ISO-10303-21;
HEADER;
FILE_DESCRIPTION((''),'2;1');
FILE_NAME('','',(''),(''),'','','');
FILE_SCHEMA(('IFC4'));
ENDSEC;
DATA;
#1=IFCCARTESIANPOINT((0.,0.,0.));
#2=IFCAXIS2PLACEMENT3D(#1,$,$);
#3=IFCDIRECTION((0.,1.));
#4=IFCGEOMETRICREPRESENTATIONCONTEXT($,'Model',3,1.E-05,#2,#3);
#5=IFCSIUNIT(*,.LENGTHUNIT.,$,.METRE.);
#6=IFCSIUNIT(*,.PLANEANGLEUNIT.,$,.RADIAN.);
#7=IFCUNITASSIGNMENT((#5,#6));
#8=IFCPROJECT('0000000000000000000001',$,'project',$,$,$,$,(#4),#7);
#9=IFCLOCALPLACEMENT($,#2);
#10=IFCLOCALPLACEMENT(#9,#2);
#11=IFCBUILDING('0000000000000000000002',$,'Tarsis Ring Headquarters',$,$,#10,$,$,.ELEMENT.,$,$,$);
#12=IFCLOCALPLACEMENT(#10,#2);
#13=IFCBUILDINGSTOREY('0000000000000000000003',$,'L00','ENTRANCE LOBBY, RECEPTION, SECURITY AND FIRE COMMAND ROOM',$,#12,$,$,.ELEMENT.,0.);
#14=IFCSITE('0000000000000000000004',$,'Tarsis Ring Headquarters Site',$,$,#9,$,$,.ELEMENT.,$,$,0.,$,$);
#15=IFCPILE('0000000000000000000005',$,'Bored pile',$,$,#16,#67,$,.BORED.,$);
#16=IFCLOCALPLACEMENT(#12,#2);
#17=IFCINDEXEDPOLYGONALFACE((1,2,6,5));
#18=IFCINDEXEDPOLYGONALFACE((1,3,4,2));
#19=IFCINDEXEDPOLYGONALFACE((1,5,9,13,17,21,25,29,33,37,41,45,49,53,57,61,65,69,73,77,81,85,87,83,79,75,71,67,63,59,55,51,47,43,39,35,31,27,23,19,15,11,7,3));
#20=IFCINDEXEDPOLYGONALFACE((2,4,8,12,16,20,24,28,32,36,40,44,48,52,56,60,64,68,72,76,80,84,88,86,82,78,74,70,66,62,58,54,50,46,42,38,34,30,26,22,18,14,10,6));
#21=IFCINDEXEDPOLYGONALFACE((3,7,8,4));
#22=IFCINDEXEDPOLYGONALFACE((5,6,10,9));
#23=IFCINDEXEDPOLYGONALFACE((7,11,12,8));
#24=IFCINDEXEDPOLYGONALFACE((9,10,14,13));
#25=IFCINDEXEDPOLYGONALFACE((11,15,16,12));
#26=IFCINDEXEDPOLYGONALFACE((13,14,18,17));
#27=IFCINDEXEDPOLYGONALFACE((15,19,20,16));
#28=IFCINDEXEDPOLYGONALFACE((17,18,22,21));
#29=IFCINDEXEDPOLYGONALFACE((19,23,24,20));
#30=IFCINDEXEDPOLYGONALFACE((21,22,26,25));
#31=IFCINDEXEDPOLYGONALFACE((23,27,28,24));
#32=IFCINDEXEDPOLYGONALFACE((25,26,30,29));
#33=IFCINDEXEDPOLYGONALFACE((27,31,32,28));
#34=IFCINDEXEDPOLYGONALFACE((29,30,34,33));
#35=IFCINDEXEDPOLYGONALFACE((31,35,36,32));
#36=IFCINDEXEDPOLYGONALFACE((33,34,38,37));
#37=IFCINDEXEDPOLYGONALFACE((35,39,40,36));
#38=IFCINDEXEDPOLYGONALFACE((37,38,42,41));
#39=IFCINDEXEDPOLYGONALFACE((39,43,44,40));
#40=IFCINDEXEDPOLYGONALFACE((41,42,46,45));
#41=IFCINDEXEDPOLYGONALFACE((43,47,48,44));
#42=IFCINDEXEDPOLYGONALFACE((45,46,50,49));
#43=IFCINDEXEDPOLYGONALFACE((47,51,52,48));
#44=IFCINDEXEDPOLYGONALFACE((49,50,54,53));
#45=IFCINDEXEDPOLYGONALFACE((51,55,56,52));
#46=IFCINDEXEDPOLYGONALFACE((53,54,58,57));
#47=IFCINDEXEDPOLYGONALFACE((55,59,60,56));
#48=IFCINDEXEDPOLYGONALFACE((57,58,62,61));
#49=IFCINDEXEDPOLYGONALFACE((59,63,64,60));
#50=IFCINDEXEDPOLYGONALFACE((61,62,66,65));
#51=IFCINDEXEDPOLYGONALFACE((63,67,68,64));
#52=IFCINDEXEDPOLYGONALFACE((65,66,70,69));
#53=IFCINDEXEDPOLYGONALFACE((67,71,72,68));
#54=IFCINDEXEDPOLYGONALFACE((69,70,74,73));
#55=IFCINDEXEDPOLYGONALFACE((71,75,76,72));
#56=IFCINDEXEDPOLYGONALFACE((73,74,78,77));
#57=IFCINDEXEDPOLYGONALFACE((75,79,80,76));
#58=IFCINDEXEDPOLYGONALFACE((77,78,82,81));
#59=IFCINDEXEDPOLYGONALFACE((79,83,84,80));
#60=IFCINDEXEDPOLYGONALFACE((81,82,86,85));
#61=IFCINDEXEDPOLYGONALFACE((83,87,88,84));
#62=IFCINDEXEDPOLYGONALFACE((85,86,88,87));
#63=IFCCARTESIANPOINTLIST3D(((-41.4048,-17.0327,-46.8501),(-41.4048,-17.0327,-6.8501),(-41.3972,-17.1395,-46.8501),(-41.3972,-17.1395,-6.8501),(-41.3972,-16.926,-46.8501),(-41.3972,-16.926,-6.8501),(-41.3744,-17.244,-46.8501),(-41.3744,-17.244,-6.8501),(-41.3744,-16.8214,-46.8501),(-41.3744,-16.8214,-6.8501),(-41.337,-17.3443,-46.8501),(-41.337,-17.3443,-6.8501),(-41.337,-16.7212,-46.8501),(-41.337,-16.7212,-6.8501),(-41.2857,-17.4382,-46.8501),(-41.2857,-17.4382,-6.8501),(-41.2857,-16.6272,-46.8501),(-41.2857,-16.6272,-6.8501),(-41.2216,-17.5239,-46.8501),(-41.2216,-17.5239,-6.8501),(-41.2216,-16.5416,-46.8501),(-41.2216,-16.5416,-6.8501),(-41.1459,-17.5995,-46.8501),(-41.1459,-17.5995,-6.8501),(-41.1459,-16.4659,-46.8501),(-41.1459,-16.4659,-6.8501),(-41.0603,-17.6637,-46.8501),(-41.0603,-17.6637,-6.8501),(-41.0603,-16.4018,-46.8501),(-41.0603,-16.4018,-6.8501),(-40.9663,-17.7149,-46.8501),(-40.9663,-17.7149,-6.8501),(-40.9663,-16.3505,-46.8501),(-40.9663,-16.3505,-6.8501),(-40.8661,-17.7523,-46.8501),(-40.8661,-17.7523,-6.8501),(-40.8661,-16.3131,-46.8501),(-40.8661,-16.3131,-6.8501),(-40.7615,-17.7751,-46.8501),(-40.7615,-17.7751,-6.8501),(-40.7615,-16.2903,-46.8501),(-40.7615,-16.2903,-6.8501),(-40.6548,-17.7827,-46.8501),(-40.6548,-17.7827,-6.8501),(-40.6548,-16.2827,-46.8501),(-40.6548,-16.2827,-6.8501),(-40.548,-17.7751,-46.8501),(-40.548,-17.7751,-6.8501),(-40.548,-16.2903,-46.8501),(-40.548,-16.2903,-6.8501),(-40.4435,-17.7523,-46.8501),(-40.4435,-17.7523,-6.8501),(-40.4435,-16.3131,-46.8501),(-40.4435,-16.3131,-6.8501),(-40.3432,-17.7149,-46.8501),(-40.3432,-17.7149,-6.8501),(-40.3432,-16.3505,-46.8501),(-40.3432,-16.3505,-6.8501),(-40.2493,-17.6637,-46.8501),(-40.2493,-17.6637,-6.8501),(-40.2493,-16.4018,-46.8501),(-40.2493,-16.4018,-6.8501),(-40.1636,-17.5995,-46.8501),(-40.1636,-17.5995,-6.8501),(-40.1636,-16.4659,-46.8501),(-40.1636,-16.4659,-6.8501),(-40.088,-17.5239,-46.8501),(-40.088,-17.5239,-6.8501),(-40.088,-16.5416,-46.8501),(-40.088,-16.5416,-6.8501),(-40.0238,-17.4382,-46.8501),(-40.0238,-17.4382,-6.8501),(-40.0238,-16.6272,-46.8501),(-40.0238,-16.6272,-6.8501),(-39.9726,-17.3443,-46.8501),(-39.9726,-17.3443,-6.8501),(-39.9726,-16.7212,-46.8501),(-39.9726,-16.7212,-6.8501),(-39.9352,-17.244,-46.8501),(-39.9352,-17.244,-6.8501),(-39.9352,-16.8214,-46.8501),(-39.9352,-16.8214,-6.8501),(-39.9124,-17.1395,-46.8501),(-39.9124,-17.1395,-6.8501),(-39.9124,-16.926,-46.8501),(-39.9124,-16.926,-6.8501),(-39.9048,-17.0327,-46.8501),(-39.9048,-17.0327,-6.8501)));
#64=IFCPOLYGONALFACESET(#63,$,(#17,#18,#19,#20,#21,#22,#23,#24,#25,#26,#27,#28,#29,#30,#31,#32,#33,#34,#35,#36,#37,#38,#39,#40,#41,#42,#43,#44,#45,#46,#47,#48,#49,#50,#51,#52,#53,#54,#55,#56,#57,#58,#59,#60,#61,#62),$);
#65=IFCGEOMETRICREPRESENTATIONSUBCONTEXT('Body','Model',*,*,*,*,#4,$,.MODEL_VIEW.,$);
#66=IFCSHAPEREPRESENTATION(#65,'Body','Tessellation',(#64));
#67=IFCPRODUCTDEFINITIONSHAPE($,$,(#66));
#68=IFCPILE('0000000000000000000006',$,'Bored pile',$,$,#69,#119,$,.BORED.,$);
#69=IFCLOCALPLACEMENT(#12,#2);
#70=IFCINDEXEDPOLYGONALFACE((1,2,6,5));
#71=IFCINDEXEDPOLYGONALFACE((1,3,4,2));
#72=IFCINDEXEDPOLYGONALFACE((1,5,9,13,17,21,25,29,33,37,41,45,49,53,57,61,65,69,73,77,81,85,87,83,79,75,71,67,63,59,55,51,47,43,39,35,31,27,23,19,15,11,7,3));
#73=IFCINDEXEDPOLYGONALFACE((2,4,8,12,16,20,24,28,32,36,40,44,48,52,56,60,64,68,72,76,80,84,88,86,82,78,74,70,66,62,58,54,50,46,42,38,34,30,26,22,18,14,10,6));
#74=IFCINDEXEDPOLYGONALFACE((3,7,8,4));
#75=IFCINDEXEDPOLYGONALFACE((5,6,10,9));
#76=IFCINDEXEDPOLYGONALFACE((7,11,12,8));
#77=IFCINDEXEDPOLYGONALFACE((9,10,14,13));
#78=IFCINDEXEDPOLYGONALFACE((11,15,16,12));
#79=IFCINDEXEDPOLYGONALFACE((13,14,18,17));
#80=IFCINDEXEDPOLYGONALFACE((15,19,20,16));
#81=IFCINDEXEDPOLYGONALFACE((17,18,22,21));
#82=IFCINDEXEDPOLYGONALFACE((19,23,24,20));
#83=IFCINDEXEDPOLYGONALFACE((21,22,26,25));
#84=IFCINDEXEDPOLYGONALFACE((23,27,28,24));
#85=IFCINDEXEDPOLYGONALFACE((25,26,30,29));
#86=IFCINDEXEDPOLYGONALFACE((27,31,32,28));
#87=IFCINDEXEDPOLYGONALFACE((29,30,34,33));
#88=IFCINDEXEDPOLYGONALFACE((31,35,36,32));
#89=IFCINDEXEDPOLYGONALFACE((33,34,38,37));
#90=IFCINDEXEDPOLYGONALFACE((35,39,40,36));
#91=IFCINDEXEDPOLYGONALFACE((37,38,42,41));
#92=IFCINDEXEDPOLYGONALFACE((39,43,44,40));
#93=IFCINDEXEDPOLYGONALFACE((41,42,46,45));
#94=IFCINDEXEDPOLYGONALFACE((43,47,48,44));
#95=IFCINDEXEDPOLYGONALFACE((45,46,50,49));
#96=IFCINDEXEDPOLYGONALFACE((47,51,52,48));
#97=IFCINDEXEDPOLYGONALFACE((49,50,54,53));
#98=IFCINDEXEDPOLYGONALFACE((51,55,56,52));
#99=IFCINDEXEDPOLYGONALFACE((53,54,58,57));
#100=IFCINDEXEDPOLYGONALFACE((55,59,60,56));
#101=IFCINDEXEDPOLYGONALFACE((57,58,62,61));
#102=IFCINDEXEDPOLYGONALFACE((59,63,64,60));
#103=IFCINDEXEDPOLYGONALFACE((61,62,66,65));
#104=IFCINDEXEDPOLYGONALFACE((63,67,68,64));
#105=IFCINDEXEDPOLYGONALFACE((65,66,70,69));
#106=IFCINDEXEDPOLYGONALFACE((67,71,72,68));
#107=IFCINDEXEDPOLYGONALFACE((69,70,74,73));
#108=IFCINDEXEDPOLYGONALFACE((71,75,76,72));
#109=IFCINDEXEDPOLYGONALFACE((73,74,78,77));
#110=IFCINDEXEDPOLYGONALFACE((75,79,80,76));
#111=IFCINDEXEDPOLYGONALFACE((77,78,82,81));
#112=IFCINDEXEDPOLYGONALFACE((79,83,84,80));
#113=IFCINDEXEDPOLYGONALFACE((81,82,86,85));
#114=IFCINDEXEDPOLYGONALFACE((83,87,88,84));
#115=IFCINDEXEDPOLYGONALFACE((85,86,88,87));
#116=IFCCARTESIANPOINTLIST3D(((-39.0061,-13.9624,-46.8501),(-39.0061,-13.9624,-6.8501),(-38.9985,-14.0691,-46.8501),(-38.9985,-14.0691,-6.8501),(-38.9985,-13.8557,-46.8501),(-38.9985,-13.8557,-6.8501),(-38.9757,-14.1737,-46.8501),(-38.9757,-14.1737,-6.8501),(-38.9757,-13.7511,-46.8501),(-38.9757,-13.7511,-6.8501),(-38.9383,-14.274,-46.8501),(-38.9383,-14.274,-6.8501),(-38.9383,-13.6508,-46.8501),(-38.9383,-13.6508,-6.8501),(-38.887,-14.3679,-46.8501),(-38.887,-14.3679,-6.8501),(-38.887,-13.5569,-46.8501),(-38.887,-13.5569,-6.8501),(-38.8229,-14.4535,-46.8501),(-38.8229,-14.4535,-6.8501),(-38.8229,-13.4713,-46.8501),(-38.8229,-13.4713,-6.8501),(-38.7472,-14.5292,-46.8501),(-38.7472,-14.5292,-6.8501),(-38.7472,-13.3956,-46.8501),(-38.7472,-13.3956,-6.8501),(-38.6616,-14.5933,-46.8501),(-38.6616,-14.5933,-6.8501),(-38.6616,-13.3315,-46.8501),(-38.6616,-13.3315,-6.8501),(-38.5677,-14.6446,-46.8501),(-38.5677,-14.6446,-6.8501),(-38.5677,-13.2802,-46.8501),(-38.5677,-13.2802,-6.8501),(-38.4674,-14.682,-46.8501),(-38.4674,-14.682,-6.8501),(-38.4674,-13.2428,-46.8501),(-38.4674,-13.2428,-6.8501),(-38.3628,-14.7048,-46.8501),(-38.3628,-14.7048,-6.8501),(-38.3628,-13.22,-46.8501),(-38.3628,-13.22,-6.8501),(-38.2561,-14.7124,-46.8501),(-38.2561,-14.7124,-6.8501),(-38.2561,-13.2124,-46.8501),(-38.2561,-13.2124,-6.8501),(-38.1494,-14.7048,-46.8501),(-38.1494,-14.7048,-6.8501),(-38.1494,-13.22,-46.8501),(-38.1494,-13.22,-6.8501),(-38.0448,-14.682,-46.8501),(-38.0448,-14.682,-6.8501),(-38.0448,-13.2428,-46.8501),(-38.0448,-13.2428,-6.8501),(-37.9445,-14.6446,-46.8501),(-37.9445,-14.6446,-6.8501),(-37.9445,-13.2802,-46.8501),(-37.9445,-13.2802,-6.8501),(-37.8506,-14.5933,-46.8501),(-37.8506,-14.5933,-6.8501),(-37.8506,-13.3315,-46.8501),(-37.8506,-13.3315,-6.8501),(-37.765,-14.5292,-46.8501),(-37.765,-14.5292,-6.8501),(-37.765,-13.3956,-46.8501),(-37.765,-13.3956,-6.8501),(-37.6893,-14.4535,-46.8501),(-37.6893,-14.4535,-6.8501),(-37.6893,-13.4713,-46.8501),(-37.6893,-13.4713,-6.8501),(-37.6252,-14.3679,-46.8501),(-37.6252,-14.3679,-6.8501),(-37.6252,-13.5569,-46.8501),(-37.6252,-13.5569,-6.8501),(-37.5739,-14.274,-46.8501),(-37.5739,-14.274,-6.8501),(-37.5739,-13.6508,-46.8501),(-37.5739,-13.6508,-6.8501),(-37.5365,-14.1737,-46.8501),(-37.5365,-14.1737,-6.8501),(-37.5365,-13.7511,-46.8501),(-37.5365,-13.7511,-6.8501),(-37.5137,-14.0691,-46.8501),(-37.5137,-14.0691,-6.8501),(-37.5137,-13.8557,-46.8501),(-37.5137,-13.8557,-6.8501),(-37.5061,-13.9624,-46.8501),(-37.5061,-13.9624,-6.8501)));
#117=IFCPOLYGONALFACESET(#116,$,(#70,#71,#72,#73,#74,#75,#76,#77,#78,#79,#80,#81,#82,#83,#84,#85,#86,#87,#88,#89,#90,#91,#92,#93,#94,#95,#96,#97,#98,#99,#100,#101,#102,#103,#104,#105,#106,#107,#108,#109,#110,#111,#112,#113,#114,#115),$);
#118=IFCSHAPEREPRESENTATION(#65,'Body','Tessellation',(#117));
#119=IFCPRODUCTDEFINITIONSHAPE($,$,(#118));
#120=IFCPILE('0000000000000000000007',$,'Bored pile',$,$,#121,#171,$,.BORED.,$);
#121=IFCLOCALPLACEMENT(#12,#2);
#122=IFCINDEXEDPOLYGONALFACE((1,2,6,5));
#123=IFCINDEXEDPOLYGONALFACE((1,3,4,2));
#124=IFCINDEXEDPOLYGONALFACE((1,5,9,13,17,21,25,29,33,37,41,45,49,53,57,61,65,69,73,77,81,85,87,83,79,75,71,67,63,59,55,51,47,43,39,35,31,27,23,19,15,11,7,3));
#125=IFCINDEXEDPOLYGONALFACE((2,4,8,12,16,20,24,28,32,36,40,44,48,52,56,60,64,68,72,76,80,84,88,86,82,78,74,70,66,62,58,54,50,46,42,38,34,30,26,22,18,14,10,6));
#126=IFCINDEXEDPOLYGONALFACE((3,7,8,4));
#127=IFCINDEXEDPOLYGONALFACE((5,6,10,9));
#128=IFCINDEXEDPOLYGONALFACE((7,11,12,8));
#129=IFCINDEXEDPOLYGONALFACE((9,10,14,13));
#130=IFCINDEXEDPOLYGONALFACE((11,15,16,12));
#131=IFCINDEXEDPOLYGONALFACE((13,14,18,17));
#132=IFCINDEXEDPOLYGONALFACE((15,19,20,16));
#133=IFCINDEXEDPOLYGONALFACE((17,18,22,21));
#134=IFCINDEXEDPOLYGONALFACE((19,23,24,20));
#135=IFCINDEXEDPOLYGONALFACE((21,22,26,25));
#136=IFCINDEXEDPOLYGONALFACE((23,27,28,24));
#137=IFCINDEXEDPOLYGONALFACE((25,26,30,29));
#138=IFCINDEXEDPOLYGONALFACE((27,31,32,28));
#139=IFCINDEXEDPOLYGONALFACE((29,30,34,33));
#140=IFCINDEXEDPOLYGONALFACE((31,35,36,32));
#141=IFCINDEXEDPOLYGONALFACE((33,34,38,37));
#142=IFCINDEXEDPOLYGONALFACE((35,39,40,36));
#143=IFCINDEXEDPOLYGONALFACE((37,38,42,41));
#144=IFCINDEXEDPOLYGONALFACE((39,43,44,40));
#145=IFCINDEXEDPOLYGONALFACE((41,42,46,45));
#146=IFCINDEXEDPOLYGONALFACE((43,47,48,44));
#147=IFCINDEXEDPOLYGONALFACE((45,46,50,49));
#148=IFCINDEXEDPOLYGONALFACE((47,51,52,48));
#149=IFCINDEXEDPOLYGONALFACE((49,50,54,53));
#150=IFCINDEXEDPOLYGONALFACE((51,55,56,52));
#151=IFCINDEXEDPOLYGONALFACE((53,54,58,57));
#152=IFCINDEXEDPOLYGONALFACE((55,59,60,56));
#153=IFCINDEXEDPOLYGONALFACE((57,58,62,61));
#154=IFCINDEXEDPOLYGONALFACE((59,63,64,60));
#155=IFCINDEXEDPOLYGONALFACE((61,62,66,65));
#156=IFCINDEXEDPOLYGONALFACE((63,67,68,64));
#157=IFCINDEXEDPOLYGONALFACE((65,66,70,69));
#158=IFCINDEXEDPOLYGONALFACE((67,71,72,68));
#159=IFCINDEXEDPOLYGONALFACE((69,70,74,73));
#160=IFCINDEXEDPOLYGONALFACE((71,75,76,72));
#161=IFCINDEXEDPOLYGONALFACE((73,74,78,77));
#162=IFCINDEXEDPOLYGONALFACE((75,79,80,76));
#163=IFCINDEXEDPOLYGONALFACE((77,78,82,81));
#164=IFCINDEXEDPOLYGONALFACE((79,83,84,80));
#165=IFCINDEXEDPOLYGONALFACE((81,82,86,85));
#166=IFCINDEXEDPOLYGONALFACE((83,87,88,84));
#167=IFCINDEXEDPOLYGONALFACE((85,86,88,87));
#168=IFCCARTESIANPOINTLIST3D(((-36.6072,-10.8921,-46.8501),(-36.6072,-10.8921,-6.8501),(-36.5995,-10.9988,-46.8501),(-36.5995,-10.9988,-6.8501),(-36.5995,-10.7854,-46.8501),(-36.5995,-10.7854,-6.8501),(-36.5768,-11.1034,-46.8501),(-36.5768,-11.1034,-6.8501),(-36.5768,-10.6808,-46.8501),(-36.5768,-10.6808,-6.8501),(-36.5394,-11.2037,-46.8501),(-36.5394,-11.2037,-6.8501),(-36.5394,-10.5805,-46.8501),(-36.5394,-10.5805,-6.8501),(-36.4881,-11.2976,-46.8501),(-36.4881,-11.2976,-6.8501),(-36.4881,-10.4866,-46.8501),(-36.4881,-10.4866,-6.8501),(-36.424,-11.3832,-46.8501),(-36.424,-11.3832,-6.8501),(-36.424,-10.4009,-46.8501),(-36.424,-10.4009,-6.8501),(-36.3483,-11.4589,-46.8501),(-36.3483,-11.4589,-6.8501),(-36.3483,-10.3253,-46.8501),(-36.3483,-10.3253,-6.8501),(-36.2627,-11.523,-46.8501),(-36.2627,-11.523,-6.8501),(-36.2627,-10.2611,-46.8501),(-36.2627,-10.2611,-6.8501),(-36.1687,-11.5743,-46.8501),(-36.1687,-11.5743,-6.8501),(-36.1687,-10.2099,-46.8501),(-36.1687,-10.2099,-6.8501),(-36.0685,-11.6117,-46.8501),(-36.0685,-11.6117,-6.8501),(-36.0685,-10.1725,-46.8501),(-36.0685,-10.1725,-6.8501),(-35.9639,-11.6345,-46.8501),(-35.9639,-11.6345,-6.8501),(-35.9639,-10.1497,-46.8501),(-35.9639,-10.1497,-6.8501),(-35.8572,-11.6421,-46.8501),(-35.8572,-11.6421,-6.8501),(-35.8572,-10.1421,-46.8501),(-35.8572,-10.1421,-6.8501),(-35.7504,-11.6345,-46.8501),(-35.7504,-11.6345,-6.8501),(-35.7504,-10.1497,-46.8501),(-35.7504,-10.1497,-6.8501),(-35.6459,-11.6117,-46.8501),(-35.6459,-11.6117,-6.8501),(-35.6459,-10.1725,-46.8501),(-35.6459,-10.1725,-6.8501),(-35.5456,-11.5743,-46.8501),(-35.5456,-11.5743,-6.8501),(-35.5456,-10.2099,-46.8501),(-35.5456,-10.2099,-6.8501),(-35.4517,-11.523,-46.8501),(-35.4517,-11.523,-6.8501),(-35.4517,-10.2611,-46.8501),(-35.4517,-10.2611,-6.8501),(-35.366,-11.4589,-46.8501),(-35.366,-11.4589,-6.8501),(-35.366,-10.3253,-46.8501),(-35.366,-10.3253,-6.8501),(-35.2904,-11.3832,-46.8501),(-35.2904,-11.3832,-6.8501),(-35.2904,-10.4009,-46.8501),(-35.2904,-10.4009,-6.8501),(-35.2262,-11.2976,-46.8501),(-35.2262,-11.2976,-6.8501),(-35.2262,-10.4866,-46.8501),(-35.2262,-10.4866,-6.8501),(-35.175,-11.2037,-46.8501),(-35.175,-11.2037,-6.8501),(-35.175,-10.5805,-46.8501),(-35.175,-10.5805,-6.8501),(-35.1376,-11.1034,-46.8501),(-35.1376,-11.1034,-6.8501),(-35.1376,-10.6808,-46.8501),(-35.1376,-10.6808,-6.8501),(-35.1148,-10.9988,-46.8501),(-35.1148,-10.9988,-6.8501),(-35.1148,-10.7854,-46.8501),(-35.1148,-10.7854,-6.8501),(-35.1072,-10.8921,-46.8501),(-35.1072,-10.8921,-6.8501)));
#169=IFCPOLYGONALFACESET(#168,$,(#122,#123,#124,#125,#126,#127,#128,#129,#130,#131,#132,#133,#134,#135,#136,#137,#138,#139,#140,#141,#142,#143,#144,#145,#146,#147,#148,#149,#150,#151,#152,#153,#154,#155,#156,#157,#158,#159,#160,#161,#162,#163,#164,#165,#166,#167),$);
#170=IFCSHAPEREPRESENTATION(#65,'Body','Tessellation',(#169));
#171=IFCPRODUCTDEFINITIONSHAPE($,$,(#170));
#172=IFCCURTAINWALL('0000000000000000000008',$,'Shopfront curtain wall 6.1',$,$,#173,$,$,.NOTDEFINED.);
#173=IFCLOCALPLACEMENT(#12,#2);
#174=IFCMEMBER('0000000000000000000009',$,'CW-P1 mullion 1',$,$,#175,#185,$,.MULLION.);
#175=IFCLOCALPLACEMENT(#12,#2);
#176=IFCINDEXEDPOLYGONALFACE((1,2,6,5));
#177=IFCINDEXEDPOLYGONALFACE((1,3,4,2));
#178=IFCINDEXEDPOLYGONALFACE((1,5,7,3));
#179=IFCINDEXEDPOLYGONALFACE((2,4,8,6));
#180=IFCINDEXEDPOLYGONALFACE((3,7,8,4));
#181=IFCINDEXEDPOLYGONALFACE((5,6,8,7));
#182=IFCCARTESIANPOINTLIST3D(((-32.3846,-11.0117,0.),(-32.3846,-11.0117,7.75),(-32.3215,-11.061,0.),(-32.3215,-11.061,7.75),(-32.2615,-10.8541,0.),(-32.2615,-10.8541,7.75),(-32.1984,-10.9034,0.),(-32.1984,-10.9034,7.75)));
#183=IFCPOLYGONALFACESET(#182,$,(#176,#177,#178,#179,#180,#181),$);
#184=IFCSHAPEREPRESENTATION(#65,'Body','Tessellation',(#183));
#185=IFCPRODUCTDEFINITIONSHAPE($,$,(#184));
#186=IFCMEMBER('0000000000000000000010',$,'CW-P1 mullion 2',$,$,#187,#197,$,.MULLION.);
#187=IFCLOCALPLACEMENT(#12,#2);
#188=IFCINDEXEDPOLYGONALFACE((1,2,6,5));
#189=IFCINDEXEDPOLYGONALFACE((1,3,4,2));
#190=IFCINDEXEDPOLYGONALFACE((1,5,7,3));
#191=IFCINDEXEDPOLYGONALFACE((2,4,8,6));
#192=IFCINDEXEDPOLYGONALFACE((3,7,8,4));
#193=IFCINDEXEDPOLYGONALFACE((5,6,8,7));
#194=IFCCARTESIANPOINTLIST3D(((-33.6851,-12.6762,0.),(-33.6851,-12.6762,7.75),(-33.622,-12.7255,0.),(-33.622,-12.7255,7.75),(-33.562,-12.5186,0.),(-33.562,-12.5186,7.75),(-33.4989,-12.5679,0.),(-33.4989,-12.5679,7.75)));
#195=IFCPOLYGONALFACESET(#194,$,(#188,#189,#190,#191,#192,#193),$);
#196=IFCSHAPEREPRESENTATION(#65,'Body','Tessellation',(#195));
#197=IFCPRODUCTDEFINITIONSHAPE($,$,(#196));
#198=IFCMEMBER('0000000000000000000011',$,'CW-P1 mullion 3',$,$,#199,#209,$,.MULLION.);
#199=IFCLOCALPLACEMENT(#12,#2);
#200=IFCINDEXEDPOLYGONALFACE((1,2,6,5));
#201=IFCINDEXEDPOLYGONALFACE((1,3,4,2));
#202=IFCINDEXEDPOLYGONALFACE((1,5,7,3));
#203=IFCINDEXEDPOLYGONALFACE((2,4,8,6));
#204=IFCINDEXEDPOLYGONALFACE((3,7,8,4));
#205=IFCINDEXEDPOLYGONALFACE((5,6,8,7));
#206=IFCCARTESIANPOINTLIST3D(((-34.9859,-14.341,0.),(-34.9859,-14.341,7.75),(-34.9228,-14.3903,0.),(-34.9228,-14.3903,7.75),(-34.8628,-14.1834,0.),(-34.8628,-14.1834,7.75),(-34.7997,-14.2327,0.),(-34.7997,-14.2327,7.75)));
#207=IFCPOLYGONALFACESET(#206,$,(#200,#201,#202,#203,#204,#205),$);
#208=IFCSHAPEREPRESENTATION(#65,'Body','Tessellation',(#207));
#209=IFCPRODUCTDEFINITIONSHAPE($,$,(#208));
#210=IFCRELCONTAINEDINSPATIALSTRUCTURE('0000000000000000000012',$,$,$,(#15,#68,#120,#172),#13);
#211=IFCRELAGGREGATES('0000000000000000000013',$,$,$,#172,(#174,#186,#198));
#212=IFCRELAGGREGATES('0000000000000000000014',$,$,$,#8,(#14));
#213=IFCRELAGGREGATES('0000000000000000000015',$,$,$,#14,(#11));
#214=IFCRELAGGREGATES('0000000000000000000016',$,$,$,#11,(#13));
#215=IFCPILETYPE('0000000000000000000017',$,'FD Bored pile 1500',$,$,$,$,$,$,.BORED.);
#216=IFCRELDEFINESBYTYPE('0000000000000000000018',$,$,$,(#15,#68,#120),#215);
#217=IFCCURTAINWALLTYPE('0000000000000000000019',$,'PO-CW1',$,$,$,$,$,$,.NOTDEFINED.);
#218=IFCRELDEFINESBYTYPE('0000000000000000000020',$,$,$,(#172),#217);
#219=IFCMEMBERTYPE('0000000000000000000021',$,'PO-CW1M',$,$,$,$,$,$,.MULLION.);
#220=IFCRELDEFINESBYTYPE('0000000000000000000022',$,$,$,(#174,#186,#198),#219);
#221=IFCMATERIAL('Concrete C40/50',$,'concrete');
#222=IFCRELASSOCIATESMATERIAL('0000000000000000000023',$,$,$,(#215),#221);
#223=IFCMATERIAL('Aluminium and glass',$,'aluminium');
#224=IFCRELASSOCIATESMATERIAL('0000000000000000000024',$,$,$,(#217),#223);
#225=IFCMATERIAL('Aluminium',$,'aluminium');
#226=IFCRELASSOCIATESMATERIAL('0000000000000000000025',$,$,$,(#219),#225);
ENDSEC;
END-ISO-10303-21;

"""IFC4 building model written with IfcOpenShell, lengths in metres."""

from ifc_helpers import new_model, si_unit, direction, frame, origin, origin_2d, place, context, subcontext, project, spatial, rectangle, circle, extrude, material, material_profile, profile_set, type_object, element, aggregate, save


model = new_model("IFC4")

# Units and contexts
model_context = context("Model", 3, precision=1e-05, world=origin(), true_north=direction((0.0, 1.0)))
body_context = subcontext(model_context, "Body", "Model", "MODEL_VIEW")
ifc_project = project(units=[si_unit("LENGTHUNIT", "METRE"), si_unit("PLANEANGLEUNIT", "RADIAN")], contexts=[model_context])

# Site, building, storey
site_placement = place(None, origin())
site = spatial("IfcSite", under=ifc_project, at=site_placement, Name="Tarsis Ring Headquarters Site", CompositionType="ELEMENT", RefElevation=0.0)
building_placement = place(site_placement, origin())
building = spatial("IfcBuilding", under=site, at=building_placement, Name="Tarsis Ring Headquarters", CompositionType="ELEMENT")
storey_placement = place(building_placement, origin())
storey = spatial("IfcBuildingStorey", under=building, at=storey_placement, Name="L00", Description="ENTRANCE LOBBY, RECEPTION, SECURITY AND FIRE COMMAND ROOM", CompositionType="ELEMENT", Elevation=0.0)

# Piles
ifc_material_1 = material(Name="Concrete C40/50", Category="concrete")
ifc_material_profile_1 = material_profile(ifc_material_1, circle(Radius=0.75, at=origin_2d()), Name="BORED 1500")
ifc_profile_set_1 = profile_set([ifc_material_profile_1], Name="Concrete C40/50")
pile_type = type_object("IfcPileType", Name="FD Bored pile 1500", PredefinedType="BORED", material=ifc_profile_set_1)
for number, where, z_axis, x_axis, name in (
    (1, (-40.6548, -17.0327, -6.8501), (0.0, 0.0, -1.0), (1.0, 0.0, 0.0), "Bored pile"),
    (2, (-38.2561, -13.9624, -6.8501), (0.0, 0.0, -1.0), (1.0, 0.0, 0.0), "Bored pile"),
    (3, (-35.8572, -10.8921, -6.8501), (0.0, 0.0, -1.0), (1.0, 0.0, 0.0), "Bored pile"),
):
    element("IfcPile", number, at=place(storey_placement, frame(where, z_axis=z_axis, x_axis=x_axis)), inside=storey, type_object=pile_type, Name=name, PredefinedType="BORED", context=body_context, shape_type="SweptSolid", body=[
        extrude(circle(Radius=0.75, at=origin_2d()), origin(), (0.0, 0.0, 1.0), 40.0),
    ])

# Curtain wall, members
ifc_material_2 = material(Name="Aluminium and glass", Category="aluminium")
curtain_wall_type = type_object("IfcCurtainWallType", Name="PO-CW1", PredefinedType="NOTDEFINED", material=ifc_material_2)
curtain_wall_1_placement = place(storey_placement, origin())
curtain_wall_1 = element("IfcCurtainWall", 4, at=curtain_wall_1_placement, inside=storey, type_object=curtain_wall_type, Name="Shopfront curtain wall 6.1", PredefinedType="NOTDEFINED")
ifc_material_3 = material(Name="Aluminium", Category="aluminium")
ifc_material_profile_2 = material_profile(ifc_material_3, rectangle(XDim=0.0801, YDim=0.2, at=origin_2d()), Name="PO-CW1M")
ifc_profile_set_2 = profile_set([ifc_material_profile_2], Name="Aluminium")
member_type_1 = type_object("IfcMemberType", Name="PO-CW1M", PredefinedType="MULLION", material=ifc_profile_set_2)
member_1_placement = place(storey_placement, frame((-32.2915, -10.9575, 0.0), z_axis=(0.0, 0.0, 1.0), x_axis=(0.788011, -0.615662, 0.0)))
member_1 = element("IfcMember", 5, at=member_1_placement, type_object=member_type_1, Name="CW-P1 mullion 1", PredefinedType="MULLION", context=body_context, shape_type="SweptSolid", body=[
    extrude(rectangle(XDim=0.0801, YDim=0.2, at=origin_2d()), origin(), (0.0, 0.0, 1.0), 7.75),
])
member_2_placement = place(storey_placement, frame((-33.592, -12.6221, 0.0), z_axis=(0.0, 0.0, 1.0), x_axis=(0.788011, -0.615662, 0.0)))
member_2 = element("IfcMember", 6, at=member_2_placement, type_object=member_type_1, Name="CW-P1 mullion 2", PredefinedType="MULLION", context=body_context, shape_type="SweptSolid", body=[
    extrude(rectangle(XDim=0.0801, YDim=0.2, at=origin_2d()), origin(), (0.0, 0.0, 1.0), 7.75),
])
member_3_placement = place(storey_placement, frame((-34.8928, -14.2869, 0.0), z_axis=(0.0, 0.0, 1.0), x_axis=(0.788011, -0.615662, 0.0)))
member_3 = element("IfcMember", 7, at=member_3_placement, type_object=member_type_1, Name="CW-P1 mullion 3", PredefinedType="MULLION", context=body_context, shape_type="SweptSolid", body=[
    extrude(rectangle(XDim=0.0801, YDim=0.2, at=origin_2d()), origin(), (0.0, 0.0, 1.0), 7.75),
])

aggregate(curtain_wall_1, [member_1, member_2, member_3])

save(model, "model.ifc")
